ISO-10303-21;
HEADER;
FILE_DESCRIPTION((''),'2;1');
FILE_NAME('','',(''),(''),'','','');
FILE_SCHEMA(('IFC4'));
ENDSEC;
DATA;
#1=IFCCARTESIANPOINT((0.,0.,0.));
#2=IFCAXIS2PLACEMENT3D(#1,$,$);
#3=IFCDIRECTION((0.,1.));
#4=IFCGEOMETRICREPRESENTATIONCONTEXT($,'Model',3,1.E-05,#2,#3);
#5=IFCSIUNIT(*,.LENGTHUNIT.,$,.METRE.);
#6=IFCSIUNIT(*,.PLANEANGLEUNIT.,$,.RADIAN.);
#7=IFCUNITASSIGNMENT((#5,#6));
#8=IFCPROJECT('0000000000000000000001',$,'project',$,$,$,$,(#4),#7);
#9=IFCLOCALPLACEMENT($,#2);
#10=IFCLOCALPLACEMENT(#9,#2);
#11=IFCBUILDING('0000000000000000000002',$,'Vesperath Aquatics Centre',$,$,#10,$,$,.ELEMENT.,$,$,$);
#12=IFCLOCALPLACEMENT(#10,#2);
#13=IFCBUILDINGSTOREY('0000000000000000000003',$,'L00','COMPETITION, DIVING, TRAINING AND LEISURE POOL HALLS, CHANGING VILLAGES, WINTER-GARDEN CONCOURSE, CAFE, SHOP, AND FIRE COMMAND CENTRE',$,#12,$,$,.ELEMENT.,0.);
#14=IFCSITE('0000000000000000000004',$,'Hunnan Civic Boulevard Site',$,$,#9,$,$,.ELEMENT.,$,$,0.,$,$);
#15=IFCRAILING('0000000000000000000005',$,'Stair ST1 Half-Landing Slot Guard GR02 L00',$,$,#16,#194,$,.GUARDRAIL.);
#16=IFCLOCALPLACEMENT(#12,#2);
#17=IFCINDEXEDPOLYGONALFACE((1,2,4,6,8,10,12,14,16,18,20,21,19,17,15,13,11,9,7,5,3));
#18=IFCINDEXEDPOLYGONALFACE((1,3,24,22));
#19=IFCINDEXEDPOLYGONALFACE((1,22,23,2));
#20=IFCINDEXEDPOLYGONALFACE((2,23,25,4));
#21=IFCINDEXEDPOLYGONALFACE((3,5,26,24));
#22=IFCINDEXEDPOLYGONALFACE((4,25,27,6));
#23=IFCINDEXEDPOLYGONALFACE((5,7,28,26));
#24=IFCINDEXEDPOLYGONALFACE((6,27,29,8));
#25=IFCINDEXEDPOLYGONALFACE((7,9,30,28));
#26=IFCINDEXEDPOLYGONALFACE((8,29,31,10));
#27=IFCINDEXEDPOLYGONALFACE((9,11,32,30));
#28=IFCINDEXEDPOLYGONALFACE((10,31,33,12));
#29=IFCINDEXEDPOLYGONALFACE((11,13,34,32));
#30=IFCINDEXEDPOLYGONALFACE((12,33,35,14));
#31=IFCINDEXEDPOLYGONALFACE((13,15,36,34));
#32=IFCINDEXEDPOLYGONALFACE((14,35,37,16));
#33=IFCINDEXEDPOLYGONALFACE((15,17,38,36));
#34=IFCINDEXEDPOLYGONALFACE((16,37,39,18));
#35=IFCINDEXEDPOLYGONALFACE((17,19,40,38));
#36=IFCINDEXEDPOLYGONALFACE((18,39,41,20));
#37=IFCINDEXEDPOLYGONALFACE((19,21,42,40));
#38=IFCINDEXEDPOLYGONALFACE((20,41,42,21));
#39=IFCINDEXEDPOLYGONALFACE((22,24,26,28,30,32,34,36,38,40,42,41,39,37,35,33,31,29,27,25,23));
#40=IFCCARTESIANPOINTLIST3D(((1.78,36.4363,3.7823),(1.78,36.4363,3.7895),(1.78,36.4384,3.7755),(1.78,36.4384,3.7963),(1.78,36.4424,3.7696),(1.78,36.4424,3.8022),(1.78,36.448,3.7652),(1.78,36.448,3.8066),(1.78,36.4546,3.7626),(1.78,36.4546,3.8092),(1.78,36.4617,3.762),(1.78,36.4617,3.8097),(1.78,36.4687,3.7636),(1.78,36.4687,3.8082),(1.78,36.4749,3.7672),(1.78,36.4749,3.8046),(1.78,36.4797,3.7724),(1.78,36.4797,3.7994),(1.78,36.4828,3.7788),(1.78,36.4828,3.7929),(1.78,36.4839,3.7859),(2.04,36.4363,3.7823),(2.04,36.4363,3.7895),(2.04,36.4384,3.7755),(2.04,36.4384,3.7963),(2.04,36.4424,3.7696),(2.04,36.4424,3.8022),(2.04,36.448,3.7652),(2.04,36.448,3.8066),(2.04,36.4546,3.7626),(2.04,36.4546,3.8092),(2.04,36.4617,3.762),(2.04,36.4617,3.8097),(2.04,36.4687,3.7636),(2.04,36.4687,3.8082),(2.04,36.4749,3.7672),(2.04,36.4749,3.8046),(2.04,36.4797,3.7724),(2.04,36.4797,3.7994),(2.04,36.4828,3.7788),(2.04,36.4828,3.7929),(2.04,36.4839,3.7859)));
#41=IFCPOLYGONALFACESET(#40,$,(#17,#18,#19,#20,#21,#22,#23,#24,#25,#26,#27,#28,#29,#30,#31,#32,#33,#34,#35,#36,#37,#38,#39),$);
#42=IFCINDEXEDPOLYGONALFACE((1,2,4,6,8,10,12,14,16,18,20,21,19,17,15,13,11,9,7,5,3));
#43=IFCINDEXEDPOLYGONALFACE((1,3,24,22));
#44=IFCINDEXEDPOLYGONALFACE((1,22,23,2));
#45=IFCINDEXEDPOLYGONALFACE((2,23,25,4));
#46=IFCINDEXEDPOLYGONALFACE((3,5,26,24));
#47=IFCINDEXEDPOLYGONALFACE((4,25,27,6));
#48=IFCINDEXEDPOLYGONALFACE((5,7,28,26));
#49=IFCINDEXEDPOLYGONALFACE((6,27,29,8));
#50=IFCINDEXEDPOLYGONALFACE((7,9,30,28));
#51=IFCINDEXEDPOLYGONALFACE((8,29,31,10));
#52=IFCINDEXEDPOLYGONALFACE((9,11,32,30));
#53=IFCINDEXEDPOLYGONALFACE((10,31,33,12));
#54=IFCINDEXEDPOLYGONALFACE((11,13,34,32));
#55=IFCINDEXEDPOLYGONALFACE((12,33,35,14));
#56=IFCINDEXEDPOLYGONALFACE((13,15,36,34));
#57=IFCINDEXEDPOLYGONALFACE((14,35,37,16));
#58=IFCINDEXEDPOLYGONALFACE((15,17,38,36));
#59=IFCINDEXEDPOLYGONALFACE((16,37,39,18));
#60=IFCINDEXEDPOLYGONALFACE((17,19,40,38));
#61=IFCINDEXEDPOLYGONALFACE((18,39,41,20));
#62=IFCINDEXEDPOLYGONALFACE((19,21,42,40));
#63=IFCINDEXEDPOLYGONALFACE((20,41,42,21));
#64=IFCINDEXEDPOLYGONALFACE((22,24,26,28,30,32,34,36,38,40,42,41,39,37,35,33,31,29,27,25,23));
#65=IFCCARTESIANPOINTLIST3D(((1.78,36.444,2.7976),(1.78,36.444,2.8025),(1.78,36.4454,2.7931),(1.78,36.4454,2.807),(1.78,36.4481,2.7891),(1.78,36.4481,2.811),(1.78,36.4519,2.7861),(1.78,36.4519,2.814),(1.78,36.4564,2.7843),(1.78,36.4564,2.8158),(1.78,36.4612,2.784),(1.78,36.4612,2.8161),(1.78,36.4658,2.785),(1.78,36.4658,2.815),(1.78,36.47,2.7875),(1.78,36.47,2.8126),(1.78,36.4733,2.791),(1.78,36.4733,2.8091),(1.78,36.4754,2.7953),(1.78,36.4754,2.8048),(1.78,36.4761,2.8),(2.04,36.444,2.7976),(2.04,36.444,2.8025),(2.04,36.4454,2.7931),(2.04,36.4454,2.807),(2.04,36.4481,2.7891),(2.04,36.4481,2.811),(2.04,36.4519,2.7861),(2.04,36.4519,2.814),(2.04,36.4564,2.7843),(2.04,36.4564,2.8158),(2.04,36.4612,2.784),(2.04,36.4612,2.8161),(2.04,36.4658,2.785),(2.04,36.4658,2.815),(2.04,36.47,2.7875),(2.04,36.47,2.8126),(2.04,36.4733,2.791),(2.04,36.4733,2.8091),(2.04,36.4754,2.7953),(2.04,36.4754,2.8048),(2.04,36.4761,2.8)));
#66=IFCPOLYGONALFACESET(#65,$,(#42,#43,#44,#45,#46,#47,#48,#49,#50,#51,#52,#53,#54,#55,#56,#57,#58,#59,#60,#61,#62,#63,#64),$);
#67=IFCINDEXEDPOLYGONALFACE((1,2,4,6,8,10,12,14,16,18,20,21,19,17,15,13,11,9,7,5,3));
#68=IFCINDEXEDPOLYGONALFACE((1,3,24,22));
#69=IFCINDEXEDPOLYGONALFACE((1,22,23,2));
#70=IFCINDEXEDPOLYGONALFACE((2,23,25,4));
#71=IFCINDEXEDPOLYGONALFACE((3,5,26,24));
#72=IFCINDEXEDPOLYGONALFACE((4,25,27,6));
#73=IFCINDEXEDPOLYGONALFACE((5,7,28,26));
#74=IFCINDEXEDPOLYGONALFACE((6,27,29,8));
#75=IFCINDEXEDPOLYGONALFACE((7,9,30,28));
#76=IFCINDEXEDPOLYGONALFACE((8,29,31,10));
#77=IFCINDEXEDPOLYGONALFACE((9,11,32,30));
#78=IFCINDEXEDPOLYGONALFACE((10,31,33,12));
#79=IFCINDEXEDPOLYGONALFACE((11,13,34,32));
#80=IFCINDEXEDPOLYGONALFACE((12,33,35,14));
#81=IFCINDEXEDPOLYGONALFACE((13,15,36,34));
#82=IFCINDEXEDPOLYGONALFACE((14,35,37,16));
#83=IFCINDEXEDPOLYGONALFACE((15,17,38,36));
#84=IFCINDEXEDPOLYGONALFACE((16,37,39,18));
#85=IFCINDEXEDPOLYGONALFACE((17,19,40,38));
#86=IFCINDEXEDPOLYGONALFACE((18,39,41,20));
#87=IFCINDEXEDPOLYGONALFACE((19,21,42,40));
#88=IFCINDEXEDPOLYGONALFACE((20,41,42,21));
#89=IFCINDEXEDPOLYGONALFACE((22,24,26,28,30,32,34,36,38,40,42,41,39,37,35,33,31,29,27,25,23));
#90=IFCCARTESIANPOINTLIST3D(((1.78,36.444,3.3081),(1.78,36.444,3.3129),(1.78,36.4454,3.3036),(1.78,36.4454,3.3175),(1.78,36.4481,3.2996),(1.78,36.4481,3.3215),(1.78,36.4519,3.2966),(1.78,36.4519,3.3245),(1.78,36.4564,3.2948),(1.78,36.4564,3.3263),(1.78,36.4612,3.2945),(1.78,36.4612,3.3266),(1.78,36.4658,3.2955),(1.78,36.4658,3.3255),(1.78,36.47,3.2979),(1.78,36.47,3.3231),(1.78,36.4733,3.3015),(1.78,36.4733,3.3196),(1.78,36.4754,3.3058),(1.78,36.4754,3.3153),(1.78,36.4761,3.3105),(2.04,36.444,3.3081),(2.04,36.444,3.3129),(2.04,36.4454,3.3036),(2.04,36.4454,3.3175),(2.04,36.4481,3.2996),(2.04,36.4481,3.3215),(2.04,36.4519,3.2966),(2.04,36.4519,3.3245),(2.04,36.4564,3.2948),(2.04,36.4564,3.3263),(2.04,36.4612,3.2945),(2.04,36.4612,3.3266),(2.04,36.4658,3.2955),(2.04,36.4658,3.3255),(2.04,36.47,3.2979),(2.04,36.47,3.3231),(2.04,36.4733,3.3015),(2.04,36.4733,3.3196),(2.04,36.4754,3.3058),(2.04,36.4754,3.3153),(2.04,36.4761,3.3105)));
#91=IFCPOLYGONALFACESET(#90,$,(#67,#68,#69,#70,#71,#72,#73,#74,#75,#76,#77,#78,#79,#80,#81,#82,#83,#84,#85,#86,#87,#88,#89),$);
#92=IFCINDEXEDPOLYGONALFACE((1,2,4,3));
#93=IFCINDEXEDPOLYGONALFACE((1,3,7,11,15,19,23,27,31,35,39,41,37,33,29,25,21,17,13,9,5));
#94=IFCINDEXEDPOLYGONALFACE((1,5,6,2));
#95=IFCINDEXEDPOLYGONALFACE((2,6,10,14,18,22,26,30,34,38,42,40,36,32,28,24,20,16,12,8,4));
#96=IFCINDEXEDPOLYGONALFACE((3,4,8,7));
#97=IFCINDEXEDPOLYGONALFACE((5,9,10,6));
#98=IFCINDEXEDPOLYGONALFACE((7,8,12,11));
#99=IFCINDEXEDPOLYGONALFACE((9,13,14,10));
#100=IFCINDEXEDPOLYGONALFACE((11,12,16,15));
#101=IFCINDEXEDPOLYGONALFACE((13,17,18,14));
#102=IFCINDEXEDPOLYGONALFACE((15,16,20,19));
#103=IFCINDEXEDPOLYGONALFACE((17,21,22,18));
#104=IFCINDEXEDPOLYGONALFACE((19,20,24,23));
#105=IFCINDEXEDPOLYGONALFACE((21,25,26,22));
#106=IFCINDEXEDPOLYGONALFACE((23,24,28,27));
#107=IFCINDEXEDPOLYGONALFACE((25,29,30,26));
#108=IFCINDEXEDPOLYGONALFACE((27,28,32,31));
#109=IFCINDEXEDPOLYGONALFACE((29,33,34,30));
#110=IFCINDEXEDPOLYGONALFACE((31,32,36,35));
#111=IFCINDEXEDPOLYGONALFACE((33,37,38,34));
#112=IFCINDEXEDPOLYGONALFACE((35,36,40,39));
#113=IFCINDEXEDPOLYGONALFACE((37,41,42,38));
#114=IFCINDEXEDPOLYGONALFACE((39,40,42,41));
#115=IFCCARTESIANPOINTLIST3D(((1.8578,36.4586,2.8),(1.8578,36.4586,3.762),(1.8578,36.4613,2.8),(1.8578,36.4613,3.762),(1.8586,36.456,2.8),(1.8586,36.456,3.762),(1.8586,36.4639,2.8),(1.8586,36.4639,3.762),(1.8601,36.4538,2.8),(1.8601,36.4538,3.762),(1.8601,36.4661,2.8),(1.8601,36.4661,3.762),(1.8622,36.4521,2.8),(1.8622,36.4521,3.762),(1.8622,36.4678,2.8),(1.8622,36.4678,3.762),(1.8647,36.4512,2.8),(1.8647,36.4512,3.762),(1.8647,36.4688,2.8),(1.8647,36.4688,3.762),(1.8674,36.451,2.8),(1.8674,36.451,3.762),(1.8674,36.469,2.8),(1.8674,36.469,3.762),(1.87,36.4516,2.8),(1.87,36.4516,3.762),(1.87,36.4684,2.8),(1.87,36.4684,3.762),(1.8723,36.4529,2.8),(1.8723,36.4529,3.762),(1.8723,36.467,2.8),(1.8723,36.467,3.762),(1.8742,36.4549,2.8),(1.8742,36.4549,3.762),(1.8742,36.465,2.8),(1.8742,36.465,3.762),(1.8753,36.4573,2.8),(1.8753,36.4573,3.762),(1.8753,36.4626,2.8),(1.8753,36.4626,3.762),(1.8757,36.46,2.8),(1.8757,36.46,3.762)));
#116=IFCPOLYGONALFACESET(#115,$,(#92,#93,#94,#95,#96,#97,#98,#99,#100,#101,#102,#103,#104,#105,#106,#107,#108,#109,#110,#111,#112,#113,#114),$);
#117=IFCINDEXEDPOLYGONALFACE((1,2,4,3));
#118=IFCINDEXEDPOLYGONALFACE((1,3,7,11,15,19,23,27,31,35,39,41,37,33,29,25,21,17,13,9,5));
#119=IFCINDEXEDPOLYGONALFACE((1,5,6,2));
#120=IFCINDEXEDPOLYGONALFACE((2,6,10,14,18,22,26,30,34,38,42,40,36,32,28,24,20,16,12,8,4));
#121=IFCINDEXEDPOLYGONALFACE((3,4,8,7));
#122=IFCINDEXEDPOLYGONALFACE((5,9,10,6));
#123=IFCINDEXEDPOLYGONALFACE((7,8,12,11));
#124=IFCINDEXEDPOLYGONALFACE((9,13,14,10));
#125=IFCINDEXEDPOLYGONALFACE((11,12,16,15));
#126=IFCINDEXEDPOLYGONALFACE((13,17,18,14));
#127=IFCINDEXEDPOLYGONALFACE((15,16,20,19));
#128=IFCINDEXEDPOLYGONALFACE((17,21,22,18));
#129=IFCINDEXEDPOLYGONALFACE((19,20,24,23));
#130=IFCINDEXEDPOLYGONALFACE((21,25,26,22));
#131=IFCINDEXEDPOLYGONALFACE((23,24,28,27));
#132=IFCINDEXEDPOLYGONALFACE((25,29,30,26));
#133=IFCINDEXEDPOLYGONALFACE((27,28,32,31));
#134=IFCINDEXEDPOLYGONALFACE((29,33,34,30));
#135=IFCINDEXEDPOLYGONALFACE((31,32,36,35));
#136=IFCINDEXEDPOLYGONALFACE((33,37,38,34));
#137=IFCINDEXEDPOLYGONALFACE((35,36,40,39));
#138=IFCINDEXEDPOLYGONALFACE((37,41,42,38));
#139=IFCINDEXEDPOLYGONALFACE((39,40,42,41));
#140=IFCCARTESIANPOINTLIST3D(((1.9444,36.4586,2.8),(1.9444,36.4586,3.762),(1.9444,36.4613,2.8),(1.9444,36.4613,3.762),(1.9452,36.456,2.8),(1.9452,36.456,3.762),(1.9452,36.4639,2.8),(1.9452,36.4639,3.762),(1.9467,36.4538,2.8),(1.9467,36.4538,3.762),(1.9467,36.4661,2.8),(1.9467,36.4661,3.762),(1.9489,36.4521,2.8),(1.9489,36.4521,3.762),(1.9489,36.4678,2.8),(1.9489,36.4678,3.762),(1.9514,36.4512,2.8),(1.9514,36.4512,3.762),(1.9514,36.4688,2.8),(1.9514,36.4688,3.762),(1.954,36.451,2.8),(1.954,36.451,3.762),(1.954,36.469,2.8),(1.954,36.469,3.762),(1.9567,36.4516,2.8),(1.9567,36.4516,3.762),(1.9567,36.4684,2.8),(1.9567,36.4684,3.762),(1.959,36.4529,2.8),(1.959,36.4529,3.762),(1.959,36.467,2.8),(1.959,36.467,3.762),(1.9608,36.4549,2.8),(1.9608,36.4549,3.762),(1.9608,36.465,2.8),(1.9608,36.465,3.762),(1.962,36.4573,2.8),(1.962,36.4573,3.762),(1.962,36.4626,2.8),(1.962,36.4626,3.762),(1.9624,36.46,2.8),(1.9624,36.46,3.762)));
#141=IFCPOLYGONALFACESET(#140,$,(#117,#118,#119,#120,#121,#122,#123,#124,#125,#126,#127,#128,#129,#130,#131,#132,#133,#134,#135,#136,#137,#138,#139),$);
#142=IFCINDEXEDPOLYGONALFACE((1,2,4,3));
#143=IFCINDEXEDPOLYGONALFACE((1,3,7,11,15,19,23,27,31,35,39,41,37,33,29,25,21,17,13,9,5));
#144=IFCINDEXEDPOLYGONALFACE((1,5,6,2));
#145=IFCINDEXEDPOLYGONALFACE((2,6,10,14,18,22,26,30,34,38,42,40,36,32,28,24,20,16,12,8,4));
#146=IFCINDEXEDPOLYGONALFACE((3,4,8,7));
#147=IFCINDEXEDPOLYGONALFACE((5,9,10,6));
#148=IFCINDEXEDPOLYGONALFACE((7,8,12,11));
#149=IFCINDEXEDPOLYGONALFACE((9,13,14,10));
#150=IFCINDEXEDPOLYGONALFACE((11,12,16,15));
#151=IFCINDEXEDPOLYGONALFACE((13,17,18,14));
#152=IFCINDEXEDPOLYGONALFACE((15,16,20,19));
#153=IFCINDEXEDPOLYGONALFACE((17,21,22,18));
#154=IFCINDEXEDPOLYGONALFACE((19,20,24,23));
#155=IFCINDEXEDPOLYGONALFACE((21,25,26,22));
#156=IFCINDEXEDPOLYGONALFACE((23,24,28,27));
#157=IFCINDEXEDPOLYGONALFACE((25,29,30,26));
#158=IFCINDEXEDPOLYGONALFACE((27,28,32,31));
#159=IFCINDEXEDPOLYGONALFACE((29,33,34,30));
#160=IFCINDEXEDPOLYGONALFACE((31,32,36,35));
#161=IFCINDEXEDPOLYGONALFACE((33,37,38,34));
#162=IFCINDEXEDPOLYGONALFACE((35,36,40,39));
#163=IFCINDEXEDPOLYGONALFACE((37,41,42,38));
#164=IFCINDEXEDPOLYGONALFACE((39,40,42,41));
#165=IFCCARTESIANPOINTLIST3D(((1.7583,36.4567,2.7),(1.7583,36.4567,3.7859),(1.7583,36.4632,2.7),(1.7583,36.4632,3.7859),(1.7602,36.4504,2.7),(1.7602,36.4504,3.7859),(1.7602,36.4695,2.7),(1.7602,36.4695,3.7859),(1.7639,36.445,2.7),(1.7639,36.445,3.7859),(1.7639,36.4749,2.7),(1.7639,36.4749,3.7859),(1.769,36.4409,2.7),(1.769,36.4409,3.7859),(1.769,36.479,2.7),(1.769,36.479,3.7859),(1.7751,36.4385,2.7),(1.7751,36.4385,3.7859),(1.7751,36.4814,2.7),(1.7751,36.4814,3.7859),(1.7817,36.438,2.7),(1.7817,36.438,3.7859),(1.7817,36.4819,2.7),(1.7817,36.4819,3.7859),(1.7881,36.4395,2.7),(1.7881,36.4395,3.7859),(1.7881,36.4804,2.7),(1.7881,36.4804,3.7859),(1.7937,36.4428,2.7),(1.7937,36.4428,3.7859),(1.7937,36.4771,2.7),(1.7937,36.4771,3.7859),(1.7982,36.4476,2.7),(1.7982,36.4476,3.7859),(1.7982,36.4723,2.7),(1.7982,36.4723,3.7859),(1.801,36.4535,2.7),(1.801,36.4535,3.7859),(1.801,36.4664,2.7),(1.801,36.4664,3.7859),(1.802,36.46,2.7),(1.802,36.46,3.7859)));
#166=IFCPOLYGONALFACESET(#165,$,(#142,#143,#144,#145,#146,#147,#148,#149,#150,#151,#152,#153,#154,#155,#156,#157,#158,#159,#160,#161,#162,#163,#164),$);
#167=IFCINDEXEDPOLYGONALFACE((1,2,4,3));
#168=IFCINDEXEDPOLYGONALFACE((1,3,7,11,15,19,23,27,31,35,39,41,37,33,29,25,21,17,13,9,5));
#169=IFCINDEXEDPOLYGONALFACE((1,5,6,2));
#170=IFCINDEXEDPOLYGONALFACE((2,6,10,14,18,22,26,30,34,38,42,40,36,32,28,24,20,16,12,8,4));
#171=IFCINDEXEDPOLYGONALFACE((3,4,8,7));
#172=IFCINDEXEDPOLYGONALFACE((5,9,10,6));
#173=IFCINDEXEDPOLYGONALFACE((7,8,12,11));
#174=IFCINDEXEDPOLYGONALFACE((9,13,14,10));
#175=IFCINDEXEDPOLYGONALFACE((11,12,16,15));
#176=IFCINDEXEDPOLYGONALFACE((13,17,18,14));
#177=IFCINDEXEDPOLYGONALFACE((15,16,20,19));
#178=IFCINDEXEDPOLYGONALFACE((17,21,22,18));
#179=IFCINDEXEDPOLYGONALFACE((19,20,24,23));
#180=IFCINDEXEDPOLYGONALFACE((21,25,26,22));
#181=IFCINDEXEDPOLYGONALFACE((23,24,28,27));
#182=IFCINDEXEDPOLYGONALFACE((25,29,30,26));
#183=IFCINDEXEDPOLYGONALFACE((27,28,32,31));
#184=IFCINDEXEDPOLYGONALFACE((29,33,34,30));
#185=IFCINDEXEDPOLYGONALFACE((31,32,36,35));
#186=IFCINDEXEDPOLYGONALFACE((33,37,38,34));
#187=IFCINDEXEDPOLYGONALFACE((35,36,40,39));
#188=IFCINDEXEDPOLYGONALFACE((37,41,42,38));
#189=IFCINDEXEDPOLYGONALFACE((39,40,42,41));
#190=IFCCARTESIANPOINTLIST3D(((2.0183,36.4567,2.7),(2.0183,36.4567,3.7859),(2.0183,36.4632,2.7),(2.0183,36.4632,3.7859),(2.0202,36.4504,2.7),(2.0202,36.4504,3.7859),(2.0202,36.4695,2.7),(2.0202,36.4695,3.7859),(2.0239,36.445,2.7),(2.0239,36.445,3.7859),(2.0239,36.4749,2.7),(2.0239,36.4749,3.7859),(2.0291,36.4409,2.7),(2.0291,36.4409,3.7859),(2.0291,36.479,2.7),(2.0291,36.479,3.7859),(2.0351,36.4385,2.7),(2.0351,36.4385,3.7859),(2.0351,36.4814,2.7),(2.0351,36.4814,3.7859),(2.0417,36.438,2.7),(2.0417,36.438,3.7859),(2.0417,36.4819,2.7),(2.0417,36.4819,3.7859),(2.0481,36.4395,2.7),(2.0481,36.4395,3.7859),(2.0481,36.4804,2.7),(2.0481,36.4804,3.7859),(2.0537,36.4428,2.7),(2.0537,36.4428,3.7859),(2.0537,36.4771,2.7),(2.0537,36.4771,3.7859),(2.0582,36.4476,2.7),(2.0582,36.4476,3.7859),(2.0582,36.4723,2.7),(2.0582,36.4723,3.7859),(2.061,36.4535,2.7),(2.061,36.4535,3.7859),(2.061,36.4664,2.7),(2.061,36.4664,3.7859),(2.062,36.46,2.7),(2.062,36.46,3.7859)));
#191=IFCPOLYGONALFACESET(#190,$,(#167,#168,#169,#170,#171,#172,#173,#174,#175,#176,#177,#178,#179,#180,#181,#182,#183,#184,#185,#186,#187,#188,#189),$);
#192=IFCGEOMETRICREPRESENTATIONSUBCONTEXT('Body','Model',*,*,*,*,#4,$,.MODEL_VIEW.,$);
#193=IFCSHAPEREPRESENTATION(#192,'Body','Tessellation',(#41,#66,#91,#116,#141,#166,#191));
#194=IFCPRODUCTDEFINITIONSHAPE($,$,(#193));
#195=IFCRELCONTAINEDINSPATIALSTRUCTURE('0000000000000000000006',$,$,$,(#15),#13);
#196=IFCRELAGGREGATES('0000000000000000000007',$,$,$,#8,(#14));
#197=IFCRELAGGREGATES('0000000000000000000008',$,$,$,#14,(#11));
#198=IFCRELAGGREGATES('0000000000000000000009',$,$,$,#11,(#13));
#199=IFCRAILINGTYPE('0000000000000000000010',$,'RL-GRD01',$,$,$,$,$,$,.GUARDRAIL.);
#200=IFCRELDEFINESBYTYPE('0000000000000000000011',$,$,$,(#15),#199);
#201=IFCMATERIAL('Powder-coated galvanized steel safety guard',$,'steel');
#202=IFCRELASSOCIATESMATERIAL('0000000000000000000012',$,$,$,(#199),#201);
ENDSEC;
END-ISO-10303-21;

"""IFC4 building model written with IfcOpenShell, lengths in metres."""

from ifc_helpers import new_model, si_unit, direction, frame, origin, origin_2d, place, context, subcontext, project, spatial, circle, extrude, material, type_object, element, save


model = new_model("IFC4")

# Units and contexts
model_context = context("Model", 3, precision=1e-05, world=origin(), true_north=direction((0.0, 1.0)))
body_context = subcontext(model_context, "Body", "Model", "MODEL_VIEW")
ifc_project = project(units=[si_unit("LENGTHUNIT", "METRE"), si_unit("PLANEANGLEUNIT", "RADIAN")], contexts=[model_context])

# Site, building, storey
site_placement = place(None, origin())
site = spatial("IfcSite", under=ifc_project, at=site_placement, Name="Hunnan Civic Boulevard Site", CompositionType="ELEMENT", RefElevation=0.0)
building_placement = place(site_placement, origin())
building = spatial("IfcBuilding", under=site, at=building_placement, Name="Vesperath Aquatics Centre", CompositionType="ELEMENT")
storey_placement = place(building_placement, origin())
storey = spatial("IfcBuildingStorey", under=building, at=storey_placement, Name="L00", Description="COMPETITION, DIVING, TRAINING AND LEISURE POOL HALLS, CHANGING VILLAGES, WINTER-GARDEN CONCOURSE, CAFE, SHOP, AND FIRE COMMAND CENTRE", CompositionType="ELEMENT", Elevation=0.0)

# Railing
ifc_material_1 = material(Name="Powder-coated galvanized steel safety guard", Category="steel")
railing_type_1 = type_object("IfcRailingType", Name="RL-GRD01", PredefinedType="GUARDRAIL", material=ifc_material_1)
railing_1_placement = place(storey_placement, frame((1.78, 36.46, 2.7)))
element("IfcRailing", 1, at=railing_1_placement, inside=storey, type_object=railing_type_1, Name="Stair ST1 Half-Landing Slot Guard GR02 L00", PredefinedType="GUARDRAIL", context=body_context, shape_type="SweptSolid", body=[
    extrude(circle(Radius=0.0239, at=origin_2d()), frame((0.0, 0.0, 1.0859), z_axis=(1.0, 0.0, 0.0), x_axis=(0.0, 1.0, 0.0)), (0.0, 0.0, 1.0), 0.26),
    extrude(circle(Radius=0.0161, at=origin_2d()), frame((0.0, 0.0, 0.1001), z_axis=(1.0, 0.0, 0.0), x_axis=(0.0, 1.0, 0.0)), (0.0, 0.0, 1.0), 0.26),
    extrude(circle(Radius=0.0161, at=origin_2d()), frame((0.0, 0.0, 0.6106), z_axis=(1.0, 0.0, 0.0), x_axis=(0.0, 1.0, 0.0)), (0.0, 0.0, 1.0), 0.26),
    extrude(circle(Radius=0.009, at=origin_2d()), frame((0.0867, 0.0, 0.1001)), (0.0, 0.0, 1.0), 0.9619),
    extrude(circle(Radius=0.009, at=origin_2d()), frame((0.1733, 0.0, 0.1001)), (0.0, 0.0, 1.0), 0.9619),
    extrude(circle(Radius=0.022, at=origin_2d()), origin(), (0.0, 0.0, 1.0), 1.0859),
    extrude(circle(Radius=0.022, at=origin_2d()), frame((0.26, 0.0, 0.0)), (0.0, 0.0, 1.0), 1.0859),
])

save(model, "model.ifc")
